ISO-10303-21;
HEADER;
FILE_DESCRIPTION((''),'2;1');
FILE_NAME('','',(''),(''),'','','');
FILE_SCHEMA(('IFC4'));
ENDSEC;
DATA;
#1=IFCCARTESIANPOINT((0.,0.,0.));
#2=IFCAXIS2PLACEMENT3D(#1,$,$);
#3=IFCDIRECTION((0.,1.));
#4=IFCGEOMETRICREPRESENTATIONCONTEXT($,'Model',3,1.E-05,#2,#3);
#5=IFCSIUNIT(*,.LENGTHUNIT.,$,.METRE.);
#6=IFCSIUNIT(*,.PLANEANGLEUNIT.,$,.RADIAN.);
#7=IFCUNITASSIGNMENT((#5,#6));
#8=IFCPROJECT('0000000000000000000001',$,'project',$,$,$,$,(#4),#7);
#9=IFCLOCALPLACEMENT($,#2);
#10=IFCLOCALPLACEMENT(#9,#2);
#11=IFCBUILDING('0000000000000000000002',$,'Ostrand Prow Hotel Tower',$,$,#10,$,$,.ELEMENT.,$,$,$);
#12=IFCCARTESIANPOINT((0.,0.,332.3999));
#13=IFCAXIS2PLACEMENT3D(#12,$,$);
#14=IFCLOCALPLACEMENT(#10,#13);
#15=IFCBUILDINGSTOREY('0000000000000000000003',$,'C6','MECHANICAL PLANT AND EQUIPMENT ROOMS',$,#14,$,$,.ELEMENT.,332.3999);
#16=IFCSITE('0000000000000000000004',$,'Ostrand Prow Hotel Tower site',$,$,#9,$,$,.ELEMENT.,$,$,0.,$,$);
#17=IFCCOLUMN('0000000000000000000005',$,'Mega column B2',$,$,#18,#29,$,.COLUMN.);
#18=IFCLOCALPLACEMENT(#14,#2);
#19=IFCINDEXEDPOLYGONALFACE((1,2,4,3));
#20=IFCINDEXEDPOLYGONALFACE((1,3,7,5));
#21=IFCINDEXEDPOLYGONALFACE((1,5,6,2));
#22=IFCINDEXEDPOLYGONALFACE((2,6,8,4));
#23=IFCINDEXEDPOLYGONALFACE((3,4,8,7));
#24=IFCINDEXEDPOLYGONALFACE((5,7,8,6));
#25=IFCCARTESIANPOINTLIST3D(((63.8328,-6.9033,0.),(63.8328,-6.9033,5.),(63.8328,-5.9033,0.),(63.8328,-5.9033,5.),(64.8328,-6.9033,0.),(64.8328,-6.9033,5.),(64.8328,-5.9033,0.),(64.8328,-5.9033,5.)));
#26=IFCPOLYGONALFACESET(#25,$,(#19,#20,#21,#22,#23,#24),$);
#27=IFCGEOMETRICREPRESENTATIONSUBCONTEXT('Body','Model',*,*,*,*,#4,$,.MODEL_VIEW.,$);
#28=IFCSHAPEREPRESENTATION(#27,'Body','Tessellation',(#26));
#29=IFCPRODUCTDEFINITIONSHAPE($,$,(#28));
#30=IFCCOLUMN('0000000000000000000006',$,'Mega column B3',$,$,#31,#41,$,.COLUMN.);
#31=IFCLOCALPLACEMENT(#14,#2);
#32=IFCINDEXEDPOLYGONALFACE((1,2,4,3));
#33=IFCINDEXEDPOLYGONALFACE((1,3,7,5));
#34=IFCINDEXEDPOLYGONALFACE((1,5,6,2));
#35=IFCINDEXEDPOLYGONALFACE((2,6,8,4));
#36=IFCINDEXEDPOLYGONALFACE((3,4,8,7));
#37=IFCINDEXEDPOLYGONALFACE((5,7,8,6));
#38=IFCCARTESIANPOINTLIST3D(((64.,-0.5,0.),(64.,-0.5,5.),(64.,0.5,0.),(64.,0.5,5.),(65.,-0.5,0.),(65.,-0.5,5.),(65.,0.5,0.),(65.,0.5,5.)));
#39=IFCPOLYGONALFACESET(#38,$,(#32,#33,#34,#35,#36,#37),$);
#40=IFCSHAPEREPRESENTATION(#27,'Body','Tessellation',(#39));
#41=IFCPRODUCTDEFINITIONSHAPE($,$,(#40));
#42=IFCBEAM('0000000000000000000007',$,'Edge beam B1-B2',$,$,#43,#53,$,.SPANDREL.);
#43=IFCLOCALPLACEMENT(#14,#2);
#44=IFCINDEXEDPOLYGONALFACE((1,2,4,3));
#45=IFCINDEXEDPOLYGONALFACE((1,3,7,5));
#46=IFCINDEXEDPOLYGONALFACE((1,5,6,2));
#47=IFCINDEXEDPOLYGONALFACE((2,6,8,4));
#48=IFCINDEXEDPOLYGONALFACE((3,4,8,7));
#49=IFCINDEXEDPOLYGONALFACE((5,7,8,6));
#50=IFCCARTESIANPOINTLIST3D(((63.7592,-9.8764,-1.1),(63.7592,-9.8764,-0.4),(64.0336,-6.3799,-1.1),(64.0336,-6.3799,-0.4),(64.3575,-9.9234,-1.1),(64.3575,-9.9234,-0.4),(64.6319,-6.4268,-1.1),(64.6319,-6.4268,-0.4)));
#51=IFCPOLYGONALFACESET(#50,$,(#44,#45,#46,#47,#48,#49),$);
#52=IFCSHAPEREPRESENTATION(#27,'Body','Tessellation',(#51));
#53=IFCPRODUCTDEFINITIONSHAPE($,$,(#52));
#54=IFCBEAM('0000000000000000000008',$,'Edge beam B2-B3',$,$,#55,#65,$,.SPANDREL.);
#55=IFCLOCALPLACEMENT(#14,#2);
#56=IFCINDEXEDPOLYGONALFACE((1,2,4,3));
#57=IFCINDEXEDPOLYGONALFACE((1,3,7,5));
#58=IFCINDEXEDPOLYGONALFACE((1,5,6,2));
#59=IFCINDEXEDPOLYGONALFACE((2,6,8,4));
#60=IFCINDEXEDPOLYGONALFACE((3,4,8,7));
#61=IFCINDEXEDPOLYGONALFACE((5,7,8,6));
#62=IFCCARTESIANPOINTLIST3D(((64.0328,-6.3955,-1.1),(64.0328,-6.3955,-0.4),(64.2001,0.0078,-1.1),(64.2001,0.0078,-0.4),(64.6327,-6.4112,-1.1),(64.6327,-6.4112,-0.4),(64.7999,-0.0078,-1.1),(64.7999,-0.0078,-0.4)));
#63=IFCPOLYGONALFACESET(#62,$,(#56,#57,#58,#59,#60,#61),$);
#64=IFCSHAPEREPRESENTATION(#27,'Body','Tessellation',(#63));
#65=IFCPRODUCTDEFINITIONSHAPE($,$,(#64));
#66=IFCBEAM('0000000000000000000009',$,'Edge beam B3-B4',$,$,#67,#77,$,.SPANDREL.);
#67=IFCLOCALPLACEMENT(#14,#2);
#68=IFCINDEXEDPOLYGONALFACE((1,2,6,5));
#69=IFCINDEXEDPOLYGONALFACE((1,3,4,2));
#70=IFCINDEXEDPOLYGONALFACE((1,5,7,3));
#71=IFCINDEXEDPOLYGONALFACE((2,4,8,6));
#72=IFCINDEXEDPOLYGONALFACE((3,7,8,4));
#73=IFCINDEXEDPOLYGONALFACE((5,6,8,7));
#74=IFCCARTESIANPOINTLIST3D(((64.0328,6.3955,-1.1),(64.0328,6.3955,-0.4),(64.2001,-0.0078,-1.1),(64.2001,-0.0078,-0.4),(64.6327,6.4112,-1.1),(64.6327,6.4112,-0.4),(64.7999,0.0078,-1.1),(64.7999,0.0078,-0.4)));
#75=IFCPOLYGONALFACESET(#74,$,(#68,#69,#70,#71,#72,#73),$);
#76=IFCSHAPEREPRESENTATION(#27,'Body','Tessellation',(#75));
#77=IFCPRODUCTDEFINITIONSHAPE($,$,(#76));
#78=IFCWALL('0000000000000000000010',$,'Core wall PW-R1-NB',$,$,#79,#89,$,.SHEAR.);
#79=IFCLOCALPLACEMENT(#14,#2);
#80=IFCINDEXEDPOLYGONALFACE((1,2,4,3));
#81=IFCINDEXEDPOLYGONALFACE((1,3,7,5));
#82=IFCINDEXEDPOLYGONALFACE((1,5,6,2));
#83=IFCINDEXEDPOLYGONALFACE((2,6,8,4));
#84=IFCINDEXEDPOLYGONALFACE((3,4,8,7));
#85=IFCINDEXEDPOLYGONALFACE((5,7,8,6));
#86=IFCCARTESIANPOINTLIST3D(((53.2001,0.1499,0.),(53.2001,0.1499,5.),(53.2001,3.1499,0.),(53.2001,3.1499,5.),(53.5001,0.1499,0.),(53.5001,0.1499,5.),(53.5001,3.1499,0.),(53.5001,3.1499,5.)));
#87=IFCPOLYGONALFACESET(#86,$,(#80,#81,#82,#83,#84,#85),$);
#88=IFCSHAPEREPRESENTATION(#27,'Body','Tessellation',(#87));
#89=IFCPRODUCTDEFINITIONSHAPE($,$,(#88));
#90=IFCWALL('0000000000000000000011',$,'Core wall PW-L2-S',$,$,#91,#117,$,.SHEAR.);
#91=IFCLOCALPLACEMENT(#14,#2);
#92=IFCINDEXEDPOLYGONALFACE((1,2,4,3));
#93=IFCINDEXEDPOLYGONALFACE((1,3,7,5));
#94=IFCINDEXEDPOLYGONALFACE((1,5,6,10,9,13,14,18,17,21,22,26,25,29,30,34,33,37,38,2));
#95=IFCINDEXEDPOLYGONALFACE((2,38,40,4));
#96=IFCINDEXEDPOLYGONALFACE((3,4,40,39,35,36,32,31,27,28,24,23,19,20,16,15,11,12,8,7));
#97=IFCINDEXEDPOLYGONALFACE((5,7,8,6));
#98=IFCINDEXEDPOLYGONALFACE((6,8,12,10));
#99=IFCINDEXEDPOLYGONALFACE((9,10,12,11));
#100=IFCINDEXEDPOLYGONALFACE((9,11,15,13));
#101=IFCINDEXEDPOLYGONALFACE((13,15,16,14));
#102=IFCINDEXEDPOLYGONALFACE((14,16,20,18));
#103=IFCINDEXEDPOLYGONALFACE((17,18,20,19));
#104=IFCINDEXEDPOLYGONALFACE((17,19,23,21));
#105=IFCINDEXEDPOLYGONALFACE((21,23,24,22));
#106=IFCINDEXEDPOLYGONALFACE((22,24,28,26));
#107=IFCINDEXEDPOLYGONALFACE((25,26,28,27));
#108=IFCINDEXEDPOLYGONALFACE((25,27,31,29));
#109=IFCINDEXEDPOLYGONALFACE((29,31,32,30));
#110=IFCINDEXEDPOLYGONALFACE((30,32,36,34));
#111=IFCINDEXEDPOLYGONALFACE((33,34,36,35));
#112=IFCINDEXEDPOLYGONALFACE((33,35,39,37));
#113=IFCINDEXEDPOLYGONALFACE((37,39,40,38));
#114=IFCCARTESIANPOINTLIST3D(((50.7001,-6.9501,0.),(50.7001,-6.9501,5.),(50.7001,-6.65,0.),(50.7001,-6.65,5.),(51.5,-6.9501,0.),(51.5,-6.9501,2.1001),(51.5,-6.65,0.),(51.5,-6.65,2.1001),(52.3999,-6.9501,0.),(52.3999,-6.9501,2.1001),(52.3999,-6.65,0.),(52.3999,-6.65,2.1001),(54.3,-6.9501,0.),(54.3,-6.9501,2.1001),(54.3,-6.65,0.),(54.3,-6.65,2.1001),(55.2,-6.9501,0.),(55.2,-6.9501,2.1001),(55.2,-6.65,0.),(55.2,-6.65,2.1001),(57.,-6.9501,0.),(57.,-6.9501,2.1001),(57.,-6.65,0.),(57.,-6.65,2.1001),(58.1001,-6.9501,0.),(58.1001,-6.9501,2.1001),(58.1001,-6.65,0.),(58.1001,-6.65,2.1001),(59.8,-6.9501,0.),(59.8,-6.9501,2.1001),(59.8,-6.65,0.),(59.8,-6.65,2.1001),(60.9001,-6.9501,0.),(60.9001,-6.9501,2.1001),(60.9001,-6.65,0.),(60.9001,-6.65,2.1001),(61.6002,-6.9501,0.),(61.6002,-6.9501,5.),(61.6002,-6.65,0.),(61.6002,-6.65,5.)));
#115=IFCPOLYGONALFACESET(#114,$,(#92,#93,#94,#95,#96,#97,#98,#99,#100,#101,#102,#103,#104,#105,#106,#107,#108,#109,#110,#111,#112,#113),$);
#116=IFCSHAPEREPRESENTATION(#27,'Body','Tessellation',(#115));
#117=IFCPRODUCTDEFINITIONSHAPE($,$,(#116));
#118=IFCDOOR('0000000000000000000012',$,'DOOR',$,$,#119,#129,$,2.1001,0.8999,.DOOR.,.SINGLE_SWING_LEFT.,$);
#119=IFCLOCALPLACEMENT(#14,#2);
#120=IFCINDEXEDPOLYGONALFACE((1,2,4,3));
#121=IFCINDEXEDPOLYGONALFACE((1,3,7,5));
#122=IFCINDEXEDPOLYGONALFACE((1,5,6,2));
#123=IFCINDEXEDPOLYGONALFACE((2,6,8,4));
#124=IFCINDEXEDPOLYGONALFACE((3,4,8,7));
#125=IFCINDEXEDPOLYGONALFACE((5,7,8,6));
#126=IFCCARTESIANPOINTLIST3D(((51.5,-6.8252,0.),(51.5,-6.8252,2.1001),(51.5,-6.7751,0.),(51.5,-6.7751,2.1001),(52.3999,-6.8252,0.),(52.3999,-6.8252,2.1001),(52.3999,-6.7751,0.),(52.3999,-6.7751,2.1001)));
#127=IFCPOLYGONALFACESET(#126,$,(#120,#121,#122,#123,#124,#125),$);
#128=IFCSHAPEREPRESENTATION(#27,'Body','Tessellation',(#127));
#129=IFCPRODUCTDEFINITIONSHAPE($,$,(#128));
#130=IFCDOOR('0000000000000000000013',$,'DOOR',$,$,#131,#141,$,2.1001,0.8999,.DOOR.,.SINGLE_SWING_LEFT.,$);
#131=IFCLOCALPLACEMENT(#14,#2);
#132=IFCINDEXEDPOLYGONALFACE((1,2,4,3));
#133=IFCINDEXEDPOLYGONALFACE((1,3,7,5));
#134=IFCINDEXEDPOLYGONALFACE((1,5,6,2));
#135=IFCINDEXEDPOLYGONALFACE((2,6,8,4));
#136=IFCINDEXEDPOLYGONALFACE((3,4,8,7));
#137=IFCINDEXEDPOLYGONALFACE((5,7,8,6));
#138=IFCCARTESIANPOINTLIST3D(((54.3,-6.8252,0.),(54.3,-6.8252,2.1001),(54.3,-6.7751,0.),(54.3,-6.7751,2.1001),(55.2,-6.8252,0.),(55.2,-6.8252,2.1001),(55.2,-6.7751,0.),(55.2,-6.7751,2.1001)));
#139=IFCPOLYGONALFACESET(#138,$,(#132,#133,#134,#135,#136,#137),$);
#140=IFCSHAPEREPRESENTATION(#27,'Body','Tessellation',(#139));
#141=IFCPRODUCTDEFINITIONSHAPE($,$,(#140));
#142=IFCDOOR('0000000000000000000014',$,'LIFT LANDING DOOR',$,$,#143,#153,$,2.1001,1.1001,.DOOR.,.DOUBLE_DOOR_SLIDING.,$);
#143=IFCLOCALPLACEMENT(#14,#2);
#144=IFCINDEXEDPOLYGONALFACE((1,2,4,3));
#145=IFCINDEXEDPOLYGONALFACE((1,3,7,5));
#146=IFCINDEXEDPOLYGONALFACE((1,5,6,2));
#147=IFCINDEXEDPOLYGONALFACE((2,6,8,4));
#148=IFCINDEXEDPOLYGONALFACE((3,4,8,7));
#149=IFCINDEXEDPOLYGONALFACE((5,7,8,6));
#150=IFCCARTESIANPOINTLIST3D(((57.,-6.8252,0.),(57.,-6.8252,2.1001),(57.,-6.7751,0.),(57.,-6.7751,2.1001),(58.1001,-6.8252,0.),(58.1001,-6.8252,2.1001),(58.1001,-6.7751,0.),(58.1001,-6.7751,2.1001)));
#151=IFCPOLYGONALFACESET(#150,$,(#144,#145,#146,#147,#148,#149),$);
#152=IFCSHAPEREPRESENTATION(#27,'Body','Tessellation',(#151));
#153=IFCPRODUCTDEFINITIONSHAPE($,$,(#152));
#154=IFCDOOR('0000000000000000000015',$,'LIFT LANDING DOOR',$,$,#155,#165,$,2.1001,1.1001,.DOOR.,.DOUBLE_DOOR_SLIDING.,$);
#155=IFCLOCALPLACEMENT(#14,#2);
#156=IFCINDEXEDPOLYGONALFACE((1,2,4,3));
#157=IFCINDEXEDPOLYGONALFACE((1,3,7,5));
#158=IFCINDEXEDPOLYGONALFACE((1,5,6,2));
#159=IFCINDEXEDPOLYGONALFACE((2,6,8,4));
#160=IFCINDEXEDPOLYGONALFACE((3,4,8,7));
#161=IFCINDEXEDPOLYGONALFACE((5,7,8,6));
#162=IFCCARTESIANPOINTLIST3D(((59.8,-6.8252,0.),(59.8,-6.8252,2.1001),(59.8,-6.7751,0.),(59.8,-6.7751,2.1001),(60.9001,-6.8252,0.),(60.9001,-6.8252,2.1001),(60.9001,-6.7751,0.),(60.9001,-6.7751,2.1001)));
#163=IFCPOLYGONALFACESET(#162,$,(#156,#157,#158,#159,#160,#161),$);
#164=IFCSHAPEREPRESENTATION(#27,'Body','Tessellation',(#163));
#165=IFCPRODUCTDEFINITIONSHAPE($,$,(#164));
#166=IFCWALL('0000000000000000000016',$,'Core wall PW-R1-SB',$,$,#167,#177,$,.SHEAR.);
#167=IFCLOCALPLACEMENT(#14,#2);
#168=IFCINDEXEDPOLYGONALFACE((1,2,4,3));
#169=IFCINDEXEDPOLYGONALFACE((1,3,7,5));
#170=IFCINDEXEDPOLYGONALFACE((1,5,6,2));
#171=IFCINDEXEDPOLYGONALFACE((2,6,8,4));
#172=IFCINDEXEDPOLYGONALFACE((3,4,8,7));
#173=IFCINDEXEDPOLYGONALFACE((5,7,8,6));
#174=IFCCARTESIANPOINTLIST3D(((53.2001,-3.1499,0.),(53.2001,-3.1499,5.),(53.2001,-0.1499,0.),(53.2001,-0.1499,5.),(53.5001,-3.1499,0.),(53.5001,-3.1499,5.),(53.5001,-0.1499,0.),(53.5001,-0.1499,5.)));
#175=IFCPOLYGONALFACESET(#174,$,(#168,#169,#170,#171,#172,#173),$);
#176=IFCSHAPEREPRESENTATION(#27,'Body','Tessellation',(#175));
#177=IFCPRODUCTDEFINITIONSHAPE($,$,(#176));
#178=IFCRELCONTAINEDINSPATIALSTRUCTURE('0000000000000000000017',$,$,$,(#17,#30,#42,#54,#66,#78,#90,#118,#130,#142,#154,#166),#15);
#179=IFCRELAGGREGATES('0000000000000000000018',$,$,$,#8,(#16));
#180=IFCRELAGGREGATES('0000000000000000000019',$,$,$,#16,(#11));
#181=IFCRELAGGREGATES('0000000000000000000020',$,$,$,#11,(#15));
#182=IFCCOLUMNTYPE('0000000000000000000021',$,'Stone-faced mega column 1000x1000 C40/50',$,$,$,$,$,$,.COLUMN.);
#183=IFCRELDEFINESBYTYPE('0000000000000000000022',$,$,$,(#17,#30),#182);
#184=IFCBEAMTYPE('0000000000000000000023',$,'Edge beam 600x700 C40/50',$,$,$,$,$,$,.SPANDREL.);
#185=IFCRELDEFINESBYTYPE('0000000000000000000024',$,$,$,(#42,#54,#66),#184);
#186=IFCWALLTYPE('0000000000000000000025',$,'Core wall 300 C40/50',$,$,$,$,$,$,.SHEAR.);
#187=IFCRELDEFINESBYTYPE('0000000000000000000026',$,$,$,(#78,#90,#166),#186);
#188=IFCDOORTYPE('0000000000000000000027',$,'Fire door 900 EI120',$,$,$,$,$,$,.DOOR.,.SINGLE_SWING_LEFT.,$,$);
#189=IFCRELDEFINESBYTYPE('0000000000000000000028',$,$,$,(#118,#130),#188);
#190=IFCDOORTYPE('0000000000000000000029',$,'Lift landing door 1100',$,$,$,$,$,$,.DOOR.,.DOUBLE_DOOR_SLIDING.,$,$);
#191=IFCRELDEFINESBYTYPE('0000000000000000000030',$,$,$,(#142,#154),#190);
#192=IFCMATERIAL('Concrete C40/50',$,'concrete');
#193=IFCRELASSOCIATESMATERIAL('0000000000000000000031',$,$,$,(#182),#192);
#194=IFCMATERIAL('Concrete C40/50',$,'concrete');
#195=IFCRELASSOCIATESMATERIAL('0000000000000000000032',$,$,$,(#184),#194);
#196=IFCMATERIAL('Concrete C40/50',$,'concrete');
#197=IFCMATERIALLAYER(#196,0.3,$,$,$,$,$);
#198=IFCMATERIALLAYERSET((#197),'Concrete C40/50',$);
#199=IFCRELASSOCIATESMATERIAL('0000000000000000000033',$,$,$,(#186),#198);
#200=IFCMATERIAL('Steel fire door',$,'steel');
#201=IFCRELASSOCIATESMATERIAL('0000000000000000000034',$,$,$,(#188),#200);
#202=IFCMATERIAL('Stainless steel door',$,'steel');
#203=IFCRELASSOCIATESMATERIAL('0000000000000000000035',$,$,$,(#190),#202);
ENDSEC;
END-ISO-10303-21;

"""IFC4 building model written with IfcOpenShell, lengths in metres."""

from ifc_helpers import new_model, si_unit, direction, frame, frame_2d, origin, origin_2d, place, context, subcontext, project, spatial, rectangle, extrude, material, layer, layer_set, material_profile, profile_set, type_object, element, fill, save


model = new_model("IFC4")

# Units and contexts
model_context = context("Model", 3, precision=1e-05, world=origin(), true_north=direction((0.0, 1.0)))
body_context = subcontext(model_context, "Body", "Model", "MODEL_VIEW")
ifc_project = project(units=[si_unit("LENGTHUNIT", "METRE"), si_unit("PLANEANGLEUNIT", "RADIAN")], contexts=[model_context])

# Site, building, storey
site_placement = place(None, origin())
site = spatial("IfcSite", under=ifc_project, at=site_placement, Name="Ostrand Prow Hotel Tower site", CompositionType="ELEMENT", RefElevation=0.0)
building_placement = place(site_placement, origin())
building = spatial("IfcBuilding", under=site, at=building_placement, Name="Ostrand Prow Hotel Tower", CompositionType="ELEMENT")
storey_placement = place(building_placement, frame((0.0, 0.0, 332.3999)))
storey = spatial("IfcBuildingStorey", under=building, at=storey_placement, Name="C6", Description="MECHANICAL PLANT AND EQUIPMENT ROOMS", CompositionType="ELEMENT", Elevation=332.3999)

# Columns
ifc_material_1 = material(Name="Concrete C40/50", Category="concrete")
ifc_material_profile_1 = material_profile(ifc_material_1, rectangle(XDim=1.0, YDim=1.0, at=origin_2d()), Name="RC 1000x1000")
ifc_profile_set_1 = profile_set([ifc_material_profile_1], Name="Concrete C40/50")
column_type = type_object("IfcColumnType", Name="Stone-faced mega column 1000x1000 C40/50", PredefinedType="COLUMN", material=ifc_profile_set_1)
for number, where, z_axis, x_axis, name in (
    (1, (64.3328, -6.4033, 0.0), (0.0, 0.0, 1.0), (1.0, 0.0, 0.0), "Mega column B2"),
    (2, (64.5, 0.0, 0.0), (0.0, 0.0, 1.0), (1.0, 0.0, 0.0), "Mega column B3"),
):
    element("IfcColumn", number, at=place(storey_placement, frame(where, z_axis=z_axis, x_axis=x_axis)), inside=storey, type_object=column_type, Name=name, PredefinedType="COLUMN", context=body_context, shape_type="SweptSolid", body=[
        extrude(rectangle(XDim=1.0, YDim=1.0, at=origin_2d()), origin(), (0.0, 0.0, 1.0), 5.0),
    ])

# Beams
ifc_material_2 = material(Name="Concrete C40/50", Category="concrete")
ifc_material_profile_2 = material_profile(ifc_material_2, rectangle(XDim=0.6001, YDim=0.7, at=origin_2d()), Name="RC 600x700")
ifc_profile_set_2 = profile_set([ifc_material_profile_2], Name="Concrete C40/50")
beam_type = type_object("IfcBeamType", Name="Edge beam 600x700 C40/50", PredefinedType="SPANDREL", material=ifc_profile_set_2)
beam_placement = place(storey_placement, frame((64.0583, -9.8999, -0.75), z_axis=(0.07824, 0.996935, 0.0), x_axis=(-0.996935, 0.07824, 0.0)))
element("IfcBeam", 3, at=beam_placement, inside=storey, type_object=beam_type, Name="Edge beam B1-B2", PredefinedType="SPANDREL", context=body_context, shape_type="SweptSolid", body=[
    extrude(rectangle(XDim=0.6001, YDim=0.7, at=origin_2d()), origin(), (0.0, 0.0, 1.0), 3.5073),
])
for number, where, z_axis, x_axis, name in (
    (4, (64.3328, -6.4033, -0.75), (0.026108, 0.999659, 0.0), (-0.999659, 0.026108, 0.0), "Edge beam B2-B3"),
    (5, (64.5, 0.0, -0.75), (-0.026108, 0.999659, 0.0), (-0.999659, -0.026108, 0.0), "Edge beam B3-B4"),
):
    element("IfcBeam", number, at=place(storey_placement, frame(where, z_axis=z_axis, x_axis=x_axis)), inside=storey, type_object=beam_type, Name=name, PredefinedType="SPANDREL", context=body_context, shape_type="SweptSolid", body=[
        extrude(rectangle(XDim=0.6001, YDim=0.7, at=origin_2d()), origin(), (0.0, 0.0, 1.0), 6.4055),
    ])

# Wall
ifc_material_3 = material(Name="Concrete C40/50", Category="concrete")
ifc_layer_1 = layer(ifc_material_3, 0.3)
ifc_layer_set_1 = layer_set([ifc_layer_1], Name="Concrete C40/50")
wall_type_1 = type_object("IfcWallType", Name="Core wall 300 C40/50", PredefinedType="SHEAR", material=ifc_layer_set_1)
wall_1_placement = place(storey_placement, frame((53.3501, 0.1499, 0.0), z_axis=(0.0, 0.0, 1.0), x_axis=(0.0, 1.0, 0.0)))
element("IfcWall", 6, at=wall_1_placement, inside=storey, type_object=wall_type_1, Name="Core wall PW-R1-NB", PredefinedType="SHEAR", context=body_context, shape_type="SweptSolid", body=[
    extrude(rectangle(XDim=3.0, YDim=0.3, at=frame_2d((1.5, 0.0))), origin(), (0.0, 0.0, 1.0), 5.0),
])

# Wall, openings, doors
wall_2_placement = place(storey_placement, frame((50.7, -6.8, 0.0), z_axis=(0.0, 0.0, 1.0), x_axis=(1.0, 0.0, 0.0)))
wall_2 = element("IfcWall", 7, at=wall_2_placement, inside=storey, type_object=wall_type_1, Name="Core wall PW-L2-S", PredefinedType="SHEAR", context=body_context, shape_type="SweptSolid", body=[
    extrude(rectangle(XDim=10.9001, YDim=0.3, at=frame_2d((5.4502, 0.0))), origin(), (0.0, 0.0, 1.0), 5.0),
])
opening_1_placement = place(wall_2_placement, frame((6.3, 0.0, 0.0)))
opening_1 = element("IfcOpeningElement", 8, at=opening_1_placement, cuts=wall_2, PredefinedType="OPENING", context=body_context, shape_type="SweptSolid", body=[
    extrude(rectangle(XDim=1.1001, YDim=2.1001, at=frame_2d((0.55, 1.05))), frame((0.0, 0.1599, 0.0), z_axis=(0.0, -1.0, 0.0), x_axis=(1.0, 0.0, 0.0)), (0.0, 0.0, 1.0), 0.3201),
])
opening_2_placement = place(wall_2_placement, frame((9.1001, 0.0, 0.0)))
opening_2 = element("IfcOpeningElement", 9, at=opening_2_placement, cuts=wall_2, PredefinedType="OPENING", context=body_context, shape_type="SweptSolid", body=[
    extrude(rectangle(XDim=1.1001, YDim=2.1001, at=frame_2d((0.55, 1.05))), frame((0.0, 0.1599, 0.0), z_axis=(0.0, -1.0, 0.0), x_axis=(1.0, 0.0, 0.0)), (0.0, 0.0, 1.0), 0.3201),
])
opening_3_placement = place(wall_2_placement, frame((0.8, 0.0, 0.0)))
opening_3 = element("IfcOpeningElement", 10, at=opening_3_placement, cuts=wall_2, PredefinedType="OPENING", context=body_context, shape_type="SweptSolid", body=[
    extrude(rectangle(XDim=0.8999, YDim=2.1001, at=frame_2d((0.45, 1.05))), frame((0.0, 0.1599, 0.0), z_axis=(0.0, -1.0, 0.0), x_axis=(1.0, 0.0, 0.0)), (0.0, 0.0, 1.0), 0.3201),
])
opening_4_placement = place(wall_2_placement, frame((3.6001, 0.0, 0.0)))
opening_4 = element("IfcOpeningElement", 11, at=opening_4_placement, cuts=wall_2, PredefinedType="OPENING", context=body_context, shape_type="SweptSolid", body=[
    extrude(rectangle(XDim=0.8999, YDim=2.1001, at=frame_2d((0.45, 1.05))), frame((0.0, 0.1599, 0.0), z_axis=(0.0, -1.0, 0.0), x_axis=(1.0, 0.0, 0.0)), (0.0, 0.0, 1.0), 0.3201),
])
ifc_material_4 = material(Name="Steel fire door", Category="steel")
door_type_1 = type_object("IfcDoorType", Name="Fire door 900 EI120", OperationType="SINGLE_SWING_LEFT", PredefinedType="DOOR", material=ifc_material_4)
door_1_placement = place(opening_3_placement, origin())
door_1 = element("IfcDoor", 12, at=door_1_placement, inside=storey, type_object=door_type_1, Name="DOOR", OperationType="SINGLE_SWING_LEFT", OverallHeight=2.1001, OverallWidth=0.8999, PredefinedType="DOOR", context=body_context, shape_type="SweptSolid", body=[
    extrude(rectangle(XDim=0.8999, YDim=2.1001, at=frame_2d((0.45, 1.05))), frame((0.0, 0.0249, 0.0), z_axis=(0.0, -1.0, 0.0), x_axis=(1.0, 0.0, 0.0)), (0.0, 0.0, 1.0), 0.05),
])
fill(opening_3, door_1)
door_2_placement = place(opening_4_placement, origin())
door_2 = element("IfcDoor", 13, at=door_2_placement, inside=storey, type_object=door_type_1, Name="DOOR", OperationType="SINGLE_SWING_LEFT", OverallHeight=2.1001, OverallWidth=0.8999, PredefinedType="DOOR", context=body_context, shape_type="SweptSolid", body=[
    extrude(rectangle(XDim=0.8999, YDim=2.1001, at=frame_2d((0.45, 1.05))), frame((0.0, 0.0249, 0.0), z_axis=(0.0, -1.0, 0.0), x_axis=(1.0, 0.0, 0.0)), (0.0, 0.0, 1.0), 0.05),
])
fill(opening_4, door_2)
ifc_material_5 = material(Name="Stainless steel door", Category="steel")
door_type_2 = type_object("IfcDoorType", Name="Lift landing door 1100", OperationType="DOUBLE_DOOR_SLIDING", PredefinedType="DOOR", material=ifc_material_5)
door_3_placement = place(opening_1_placement, origin())
door_3 = element("IfcDoor", 14, at=door_3_placement, inside=storey, type_object=door_type_2, Name="LIFT LANDING DOOR", OperationType="DOUBLE_DOOR_SLIDING", OverallHeight=2.1001, OverallWidth=1.1001, PredefinedType="DOOR", context=body_context, shape_type="SweptSolid", body=[
    extrude(rectangle(XDim=1.1001, YDim=2.1001, at=frame_2d((0.55, 1.05))), frame((0.0, 0.0249, 0.0), z_axis=(0.0, -1.0, 0.0), x_axis=(1.0, 0.0, 0.0)), (0.0, 0.0, 1.0), 0.05),
])
fill(opening_1, door_3)
door_4_placement = place(opening_2_placement, origin())
door_4 = element("IfcDoor", 15, at=door_4_placement, inside=storey, type_object=door_type_2, Name="LIFT LANDING DOOR", OperationType="DOUBLE_DOOR_SLIDING", OverallHeight=2.1001, OverallWidth=1.1001, PredefinedType="DOOR", context=body_context, shape_type="SweptSolid", body=[
    extrude(rectangle(XDim=1.1001, YDim=2.1001, at=frame_2d((0.55, 1.05))), frame((0.0, 0.0249, 0.0), z_axis=(0.0, -1.0, 0.0), x_axis=(1.0, 0.0, 0.0)), (0.0, 0.0, 1.0), 0.05),
])
fill(opening_2, door_4)

# Wall
for number, where, z_axis, x_axis, name in (
    (16, (53.3501, -3.1499, 0.0), (0.0, 0.0, 1.0), (0.0, 1.0, 0.0), "Core wall PW-R1-SB"),
):
    element("IfcWall", number, at=place(storey_placement, frame(where, z_axis=z_axis, x_axis=x_axis)), inside=storey, type_object=wall_type_1, Name=name, PredefinedType="SHEAR", context=body_context, shape_type="SweptSolid", body=[
        extrude(rectangle(XDim=3.0, YDim=0.3, at=frame_2d((1.5, 0.0))), origin(), (0.0, 0.0, 1.0), 5.0),
    ])

save(model, "model.ifc")
